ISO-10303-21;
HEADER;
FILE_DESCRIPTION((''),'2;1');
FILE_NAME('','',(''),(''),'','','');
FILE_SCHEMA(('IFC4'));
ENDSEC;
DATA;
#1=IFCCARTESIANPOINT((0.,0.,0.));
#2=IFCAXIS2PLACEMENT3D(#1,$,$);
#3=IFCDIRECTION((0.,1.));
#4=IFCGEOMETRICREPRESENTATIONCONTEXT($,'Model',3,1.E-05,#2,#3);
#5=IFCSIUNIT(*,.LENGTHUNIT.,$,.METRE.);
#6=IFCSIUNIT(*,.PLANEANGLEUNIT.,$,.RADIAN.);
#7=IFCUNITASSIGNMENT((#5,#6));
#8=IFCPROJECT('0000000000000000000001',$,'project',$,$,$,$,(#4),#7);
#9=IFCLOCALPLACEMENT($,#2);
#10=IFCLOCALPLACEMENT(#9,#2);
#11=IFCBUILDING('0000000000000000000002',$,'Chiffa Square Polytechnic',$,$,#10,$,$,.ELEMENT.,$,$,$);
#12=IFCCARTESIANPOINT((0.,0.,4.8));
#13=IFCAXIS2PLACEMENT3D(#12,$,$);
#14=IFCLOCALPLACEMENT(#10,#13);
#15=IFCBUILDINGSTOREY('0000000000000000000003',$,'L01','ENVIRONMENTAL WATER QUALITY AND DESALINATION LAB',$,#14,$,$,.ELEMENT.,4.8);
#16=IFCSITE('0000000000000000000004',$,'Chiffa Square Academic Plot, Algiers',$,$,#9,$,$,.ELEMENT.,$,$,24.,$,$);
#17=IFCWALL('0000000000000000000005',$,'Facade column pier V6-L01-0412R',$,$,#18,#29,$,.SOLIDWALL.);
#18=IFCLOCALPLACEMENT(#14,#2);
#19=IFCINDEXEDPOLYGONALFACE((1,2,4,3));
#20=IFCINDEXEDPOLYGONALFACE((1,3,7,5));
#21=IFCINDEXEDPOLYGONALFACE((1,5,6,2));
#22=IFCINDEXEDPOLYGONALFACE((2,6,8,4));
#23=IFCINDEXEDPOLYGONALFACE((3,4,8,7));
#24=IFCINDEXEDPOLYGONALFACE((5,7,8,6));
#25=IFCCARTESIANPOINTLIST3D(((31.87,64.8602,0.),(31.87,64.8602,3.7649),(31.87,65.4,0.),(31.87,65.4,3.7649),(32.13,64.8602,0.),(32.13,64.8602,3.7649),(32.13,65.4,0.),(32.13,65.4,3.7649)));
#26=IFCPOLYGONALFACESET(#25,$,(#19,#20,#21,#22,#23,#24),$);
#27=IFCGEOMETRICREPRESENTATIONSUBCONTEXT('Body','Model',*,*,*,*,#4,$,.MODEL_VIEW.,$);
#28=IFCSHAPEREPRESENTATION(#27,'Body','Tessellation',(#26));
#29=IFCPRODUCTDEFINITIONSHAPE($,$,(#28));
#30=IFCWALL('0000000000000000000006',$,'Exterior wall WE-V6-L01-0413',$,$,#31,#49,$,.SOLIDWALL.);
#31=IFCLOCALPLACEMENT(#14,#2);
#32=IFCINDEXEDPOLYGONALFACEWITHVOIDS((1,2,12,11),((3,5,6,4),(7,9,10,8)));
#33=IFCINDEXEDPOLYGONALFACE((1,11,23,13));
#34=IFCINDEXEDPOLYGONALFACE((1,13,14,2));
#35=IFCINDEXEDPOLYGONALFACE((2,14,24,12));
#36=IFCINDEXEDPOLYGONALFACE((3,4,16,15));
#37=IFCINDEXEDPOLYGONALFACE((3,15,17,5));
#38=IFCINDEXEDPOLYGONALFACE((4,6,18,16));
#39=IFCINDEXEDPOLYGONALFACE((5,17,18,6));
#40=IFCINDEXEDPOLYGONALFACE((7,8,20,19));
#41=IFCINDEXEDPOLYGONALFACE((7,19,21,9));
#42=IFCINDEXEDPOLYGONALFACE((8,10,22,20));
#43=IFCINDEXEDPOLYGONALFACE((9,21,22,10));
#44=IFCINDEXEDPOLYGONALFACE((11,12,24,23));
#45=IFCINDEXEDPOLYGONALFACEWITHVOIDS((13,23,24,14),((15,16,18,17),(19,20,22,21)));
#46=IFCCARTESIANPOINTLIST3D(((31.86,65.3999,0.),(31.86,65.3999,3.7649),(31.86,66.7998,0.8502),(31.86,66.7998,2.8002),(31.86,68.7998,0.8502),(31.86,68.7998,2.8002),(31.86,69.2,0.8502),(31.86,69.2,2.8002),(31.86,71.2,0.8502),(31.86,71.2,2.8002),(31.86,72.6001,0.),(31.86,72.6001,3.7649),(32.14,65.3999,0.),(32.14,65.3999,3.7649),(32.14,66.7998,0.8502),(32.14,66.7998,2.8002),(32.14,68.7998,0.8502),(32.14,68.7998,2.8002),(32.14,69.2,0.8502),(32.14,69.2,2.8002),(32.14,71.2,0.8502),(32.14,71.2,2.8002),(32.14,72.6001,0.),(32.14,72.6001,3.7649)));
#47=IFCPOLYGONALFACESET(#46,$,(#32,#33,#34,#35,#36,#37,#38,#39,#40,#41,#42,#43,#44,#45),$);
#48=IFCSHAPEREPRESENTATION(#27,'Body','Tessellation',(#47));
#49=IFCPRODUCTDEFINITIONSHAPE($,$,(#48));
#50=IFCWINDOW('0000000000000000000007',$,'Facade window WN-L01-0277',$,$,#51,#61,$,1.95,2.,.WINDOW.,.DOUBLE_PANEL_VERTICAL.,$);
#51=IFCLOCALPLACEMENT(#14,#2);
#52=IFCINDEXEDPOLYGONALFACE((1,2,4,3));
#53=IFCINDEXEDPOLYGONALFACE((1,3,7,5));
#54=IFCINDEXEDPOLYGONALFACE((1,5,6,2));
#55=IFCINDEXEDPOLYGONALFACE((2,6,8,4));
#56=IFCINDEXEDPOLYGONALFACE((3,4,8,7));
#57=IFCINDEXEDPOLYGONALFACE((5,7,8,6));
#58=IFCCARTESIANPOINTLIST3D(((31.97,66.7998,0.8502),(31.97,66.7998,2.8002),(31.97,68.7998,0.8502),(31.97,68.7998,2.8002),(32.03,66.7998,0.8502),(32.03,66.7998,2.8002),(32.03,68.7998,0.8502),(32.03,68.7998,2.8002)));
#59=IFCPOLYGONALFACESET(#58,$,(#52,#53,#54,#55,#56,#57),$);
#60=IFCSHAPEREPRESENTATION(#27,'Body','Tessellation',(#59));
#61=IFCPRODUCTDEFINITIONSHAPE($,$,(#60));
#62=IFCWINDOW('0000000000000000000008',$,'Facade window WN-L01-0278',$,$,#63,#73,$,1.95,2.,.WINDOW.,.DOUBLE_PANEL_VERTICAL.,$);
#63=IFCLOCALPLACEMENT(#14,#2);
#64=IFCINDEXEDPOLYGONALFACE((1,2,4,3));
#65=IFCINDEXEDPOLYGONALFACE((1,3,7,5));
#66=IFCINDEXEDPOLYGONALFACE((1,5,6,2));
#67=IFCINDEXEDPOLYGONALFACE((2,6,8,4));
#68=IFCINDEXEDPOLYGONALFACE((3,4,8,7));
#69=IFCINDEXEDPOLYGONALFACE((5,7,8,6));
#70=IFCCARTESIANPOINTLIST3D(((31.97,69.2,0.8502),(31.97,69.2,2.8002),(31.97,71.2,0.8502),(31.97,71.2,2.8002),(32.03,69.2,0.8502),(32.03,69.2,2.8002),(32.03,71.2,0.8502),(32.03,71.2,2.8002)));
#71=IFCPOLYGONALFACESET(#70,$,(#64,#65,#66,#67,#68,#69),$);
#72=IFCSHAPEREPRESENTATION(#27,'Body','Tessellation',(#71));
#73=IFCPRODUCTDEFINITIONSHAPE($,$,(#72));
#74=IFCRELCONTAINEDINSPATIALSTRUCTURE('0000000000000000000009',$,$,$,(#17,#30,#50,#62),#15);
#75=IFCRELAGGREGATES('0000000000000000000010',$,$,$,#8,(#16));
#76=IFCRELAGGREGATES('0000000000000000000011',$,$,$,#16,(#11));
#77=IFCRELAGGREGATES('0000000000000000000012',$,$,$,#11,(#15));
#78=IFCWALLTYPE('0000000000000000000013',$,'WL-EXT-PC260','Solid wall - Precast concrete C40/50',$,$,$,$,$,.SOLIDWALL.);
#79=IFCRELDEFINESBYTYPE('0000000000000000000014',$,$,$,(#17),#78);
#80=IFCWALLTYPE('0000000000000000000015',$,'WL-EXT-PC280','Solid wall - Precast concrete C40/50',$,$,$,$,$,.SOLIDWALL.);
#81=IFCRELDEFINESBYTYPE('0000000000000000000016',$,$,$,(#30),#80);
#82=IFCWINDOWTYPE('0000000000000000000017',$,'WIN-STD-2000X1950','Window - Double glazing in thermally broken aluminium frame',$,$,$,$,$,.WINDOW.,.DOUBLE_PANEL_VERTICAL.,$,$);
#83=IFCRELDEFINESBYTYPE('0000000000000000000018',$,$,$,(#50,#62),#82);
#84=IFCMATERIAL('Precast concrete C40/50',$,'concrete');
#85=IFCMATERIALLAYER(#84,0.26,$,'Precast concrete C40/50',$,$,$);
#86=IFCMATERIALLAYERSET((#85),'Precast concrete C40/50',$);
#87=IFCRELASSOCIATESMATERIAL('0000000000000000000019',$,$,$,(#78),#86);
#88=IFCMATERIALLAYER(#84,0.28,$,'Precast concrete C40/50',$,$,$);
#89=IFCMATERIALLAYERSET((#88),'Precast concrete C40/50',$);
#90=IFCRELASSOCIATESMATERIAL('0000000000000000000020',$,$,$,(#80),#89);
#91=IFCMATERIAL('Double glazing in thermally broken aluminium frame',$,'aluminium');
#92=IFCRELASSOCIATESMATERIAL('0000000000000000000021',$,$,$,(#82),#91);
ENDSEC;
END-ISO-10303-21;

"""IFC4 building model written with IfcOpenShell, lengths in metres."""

from ifc_helpers import new_model, si_unit, direction, frame, frame_2d, origin, place, context, subcontext, project, spatial, rectangle, extrude, material, layer, layer_set, type_object, element, fill, save


model = new_model("IFC4")

# Units and contexts
model_context = context("Model", 3, precision=1e-05, world=origin(), true_north=direction((0.0, 1.0)))
body_context = subcontext(model_context, "Body", "Model", "MODEL_VIEW")
ifc_project = project(units=[si_unit("LENGTHUNIT", "METRE"), si_unit("PLANEANGLEUNIT", "RADIAN")], contexts=[model_context])

# Site, building, storey
site_placement = place(None, origin())
site = spatial("IfcSite", under=ifc_project, at=site_placement, Name="Chiffa Square Academic Plot, Algiers", CompositionType="ELEMENT", RefElevation=24.0)
building_placement = place(site_placement, origin())
building = spatial("IfcBuilding", under=site, at=building_placement, Name="Chiffa Square Polytechnic", CompositionType="ELEMENT")
storey_placement = place(building_placement, frame((0.0, 0.0, 4.8)))
storey = spatial("IfcBuildingStorey", under=building, at=storey_placement, Name="L01", Description="ENVIRONMENTAL WATER QUALITY AND DESALINATION LAB", CompositionType="ELEMENT", Elevation=4.8)

# Wall
ifc_material_1 = material(Name="Precast concrete C40/50", Category="concrete")
ifc_layer_1 = layer(ifc_material_1, 0.26, Name="Precast concrete C40/50")
ifc_layer_set_1 = layer_set([ifc_layer_1], Name="Precast concrete C40/50")
wall_type_1 = type_object("IfcWallType", Name="WL-EXT-PC260", Description="Solid wall - Precast concrete C40/50", PredefinedType="SOLIDWALL", material=ifc_layer_set_1)
wall_1_placement = place(storey_placement, frame((32.0, 64.8601, 0.0), z_axis=(0.0, 0.0, 1.0), x_axis=(0.0, 1.0, 0.0)))
element("IfcWall", 1, at=wall_1_placement, inside=storey, type_object=wall_type_1, Name="Facade column pier V6-L01-0412R", PredefinedType="SOLIDWALL", context=body_context, shape_type="SweptSolid", body=[
    extrude(rectangle(XDim=0.5398, YDim=0.26, at=frame_2d((0.27, 0.0))), origin(), (0.0, 0.0, 1.0), 3.7649),
])

# Wall, openings, windows
ifc_layer_2 = layer(ifc_material_1, 0.28, Name="Precast concrete C40/50")
ifc_layer_set_2 = layer_set([ifc_layer_2], Name="Precast concrete C40/50")
wall_type_2 = type_object("IfcWallType", Name="WL-EXT-PC280", Description="Solid wall - Precast concrete C40/50", PredefinedType="SOLIDWALL", material=ifc_layer_set_2)
wall_2_placement = place(storey_placement, frame((32.0, 65.3999, 0.0), z_axis=(0.0, 0.0, 1.0), x_axis=(0.0, 1.0, 0.0)))
wall_2 = element("IfcWall", 2, at=wall_2_placement, inside=storey, type_object=wall_type_2, Name="Exterior wall WE-V6-L01-0413", PredefinedType="SOLIDWALL", context=body_context, shape_type="SweptSolid", body=[
    extrude(rectangle(XDim=7.2002, YDim=0.28, at=frame_2d((3.6001, 0.0))), origin(), (0.0, 0.0, 1.0), 3.7649),
])
opening_1_placement = place(wall_2_placement, frame((1.3999, 0.0, 0.8501)))
opening_1 = element("IfcOpeningElement", 3, at=opening_1_placement, cuts=wall_2, PredefinedType="OPENING", context=body_context, shape_type="SweptSolid", body=[
    extrude(rectangle(XDim=2.0, YDim=1.95, at=frame_2d((1.0, 0.9751))), frame((0.0, 0.1499, 0.0), z_axis=(0.0, -1.0, 0.0), x_axis=(1.0, 0.0, 0.0)), (0.0, 0.0, 1.0), 0.3),
])
opening_2_placement = place(wall_2_placement, frame((3.8, 0.0, 0.8501)))
opening_2 = element("IfcOpeningElement", 4, at=opening_2_placement, cuts=wall_2, PredefinedType="OPENING", context=body_context, shape_type="SweptSolid", body=[
    extrude(rectangle(XDim=2.0, YDim=1.95, at=frame_2d((1.0, 0.9751))), frame((0.0, 0.1499, 0.0), z_axis=(0.0, -1.0, 0.0), x_axis=(1.0, 0.0, 0.0)), (0.0, 0.0, 1.0), 0.3),
])
ifc_material_2 = material(Name="Double glazing in thermally broken aluminium frame", Category="aluminium")
window_type = type_object("IfcWindowType", Name="WIN-STD-2000X1950", Description="Window - Double glazing in thermally broken aluminium frame", PartitioningType="DOUBLE_PANEL_VERTICAL", PredefinedType="WINDOW", material=ifc_material_2)
window_1_placement = place(opening_1_placement, origin())
window_1 = element("IfcWindow", 5, at=window_1_placement, inside=storey, type_object=window_type, Name="Facade window WN-L01-0277", OverallHeight=1.95, OverallWidth=2.0, PartitioningType="DOUBLE_PANEL_VERTICAL", PredefinedType="WINDOW", context=body_context, shape_type="SweptSolid", body=[
    extrude(rectangle(XDim=2.0, YDim=1.95, at=frame_2d((1.0, 0.9751))), frame((0.0, 0.03, 0.0), z_axis=(0.0, -1.0, 0.0), x_axis=(1.0, 0.0, 0.0)), (0.0, 0.0, 1.0), 0.0601),
])
fill(opening_1, window_1)
window_2_placement = place(opening_2_placement, origin())
window_2 = element("IfcWindow", 6, at=window_2_placement, inside=storey, type_object=window_type, Name="Facade window WN-L01-0278", OverallHeight=1.95, OverallWidth=2.0, PartitioningType="DOUBLE_PANEL_VERTICAL", PredefinedType="WINDOW", context=body_context, shape_type="SweptSolid", body=[
    extrude(rectangle(XDim=2.0, YDim=1.95, at=frame_2d((1.0, 0.9751))), frame((0.0, 0.03, 0.0), z_axis=(0.0, -1.0, 0.0), x_axis=(1.0, 0.0, 0.0)), (0.0, 0.0, 1.0), 0.0601),
])
fill(opening_2, window_2)

save(model, "model.ifc")
